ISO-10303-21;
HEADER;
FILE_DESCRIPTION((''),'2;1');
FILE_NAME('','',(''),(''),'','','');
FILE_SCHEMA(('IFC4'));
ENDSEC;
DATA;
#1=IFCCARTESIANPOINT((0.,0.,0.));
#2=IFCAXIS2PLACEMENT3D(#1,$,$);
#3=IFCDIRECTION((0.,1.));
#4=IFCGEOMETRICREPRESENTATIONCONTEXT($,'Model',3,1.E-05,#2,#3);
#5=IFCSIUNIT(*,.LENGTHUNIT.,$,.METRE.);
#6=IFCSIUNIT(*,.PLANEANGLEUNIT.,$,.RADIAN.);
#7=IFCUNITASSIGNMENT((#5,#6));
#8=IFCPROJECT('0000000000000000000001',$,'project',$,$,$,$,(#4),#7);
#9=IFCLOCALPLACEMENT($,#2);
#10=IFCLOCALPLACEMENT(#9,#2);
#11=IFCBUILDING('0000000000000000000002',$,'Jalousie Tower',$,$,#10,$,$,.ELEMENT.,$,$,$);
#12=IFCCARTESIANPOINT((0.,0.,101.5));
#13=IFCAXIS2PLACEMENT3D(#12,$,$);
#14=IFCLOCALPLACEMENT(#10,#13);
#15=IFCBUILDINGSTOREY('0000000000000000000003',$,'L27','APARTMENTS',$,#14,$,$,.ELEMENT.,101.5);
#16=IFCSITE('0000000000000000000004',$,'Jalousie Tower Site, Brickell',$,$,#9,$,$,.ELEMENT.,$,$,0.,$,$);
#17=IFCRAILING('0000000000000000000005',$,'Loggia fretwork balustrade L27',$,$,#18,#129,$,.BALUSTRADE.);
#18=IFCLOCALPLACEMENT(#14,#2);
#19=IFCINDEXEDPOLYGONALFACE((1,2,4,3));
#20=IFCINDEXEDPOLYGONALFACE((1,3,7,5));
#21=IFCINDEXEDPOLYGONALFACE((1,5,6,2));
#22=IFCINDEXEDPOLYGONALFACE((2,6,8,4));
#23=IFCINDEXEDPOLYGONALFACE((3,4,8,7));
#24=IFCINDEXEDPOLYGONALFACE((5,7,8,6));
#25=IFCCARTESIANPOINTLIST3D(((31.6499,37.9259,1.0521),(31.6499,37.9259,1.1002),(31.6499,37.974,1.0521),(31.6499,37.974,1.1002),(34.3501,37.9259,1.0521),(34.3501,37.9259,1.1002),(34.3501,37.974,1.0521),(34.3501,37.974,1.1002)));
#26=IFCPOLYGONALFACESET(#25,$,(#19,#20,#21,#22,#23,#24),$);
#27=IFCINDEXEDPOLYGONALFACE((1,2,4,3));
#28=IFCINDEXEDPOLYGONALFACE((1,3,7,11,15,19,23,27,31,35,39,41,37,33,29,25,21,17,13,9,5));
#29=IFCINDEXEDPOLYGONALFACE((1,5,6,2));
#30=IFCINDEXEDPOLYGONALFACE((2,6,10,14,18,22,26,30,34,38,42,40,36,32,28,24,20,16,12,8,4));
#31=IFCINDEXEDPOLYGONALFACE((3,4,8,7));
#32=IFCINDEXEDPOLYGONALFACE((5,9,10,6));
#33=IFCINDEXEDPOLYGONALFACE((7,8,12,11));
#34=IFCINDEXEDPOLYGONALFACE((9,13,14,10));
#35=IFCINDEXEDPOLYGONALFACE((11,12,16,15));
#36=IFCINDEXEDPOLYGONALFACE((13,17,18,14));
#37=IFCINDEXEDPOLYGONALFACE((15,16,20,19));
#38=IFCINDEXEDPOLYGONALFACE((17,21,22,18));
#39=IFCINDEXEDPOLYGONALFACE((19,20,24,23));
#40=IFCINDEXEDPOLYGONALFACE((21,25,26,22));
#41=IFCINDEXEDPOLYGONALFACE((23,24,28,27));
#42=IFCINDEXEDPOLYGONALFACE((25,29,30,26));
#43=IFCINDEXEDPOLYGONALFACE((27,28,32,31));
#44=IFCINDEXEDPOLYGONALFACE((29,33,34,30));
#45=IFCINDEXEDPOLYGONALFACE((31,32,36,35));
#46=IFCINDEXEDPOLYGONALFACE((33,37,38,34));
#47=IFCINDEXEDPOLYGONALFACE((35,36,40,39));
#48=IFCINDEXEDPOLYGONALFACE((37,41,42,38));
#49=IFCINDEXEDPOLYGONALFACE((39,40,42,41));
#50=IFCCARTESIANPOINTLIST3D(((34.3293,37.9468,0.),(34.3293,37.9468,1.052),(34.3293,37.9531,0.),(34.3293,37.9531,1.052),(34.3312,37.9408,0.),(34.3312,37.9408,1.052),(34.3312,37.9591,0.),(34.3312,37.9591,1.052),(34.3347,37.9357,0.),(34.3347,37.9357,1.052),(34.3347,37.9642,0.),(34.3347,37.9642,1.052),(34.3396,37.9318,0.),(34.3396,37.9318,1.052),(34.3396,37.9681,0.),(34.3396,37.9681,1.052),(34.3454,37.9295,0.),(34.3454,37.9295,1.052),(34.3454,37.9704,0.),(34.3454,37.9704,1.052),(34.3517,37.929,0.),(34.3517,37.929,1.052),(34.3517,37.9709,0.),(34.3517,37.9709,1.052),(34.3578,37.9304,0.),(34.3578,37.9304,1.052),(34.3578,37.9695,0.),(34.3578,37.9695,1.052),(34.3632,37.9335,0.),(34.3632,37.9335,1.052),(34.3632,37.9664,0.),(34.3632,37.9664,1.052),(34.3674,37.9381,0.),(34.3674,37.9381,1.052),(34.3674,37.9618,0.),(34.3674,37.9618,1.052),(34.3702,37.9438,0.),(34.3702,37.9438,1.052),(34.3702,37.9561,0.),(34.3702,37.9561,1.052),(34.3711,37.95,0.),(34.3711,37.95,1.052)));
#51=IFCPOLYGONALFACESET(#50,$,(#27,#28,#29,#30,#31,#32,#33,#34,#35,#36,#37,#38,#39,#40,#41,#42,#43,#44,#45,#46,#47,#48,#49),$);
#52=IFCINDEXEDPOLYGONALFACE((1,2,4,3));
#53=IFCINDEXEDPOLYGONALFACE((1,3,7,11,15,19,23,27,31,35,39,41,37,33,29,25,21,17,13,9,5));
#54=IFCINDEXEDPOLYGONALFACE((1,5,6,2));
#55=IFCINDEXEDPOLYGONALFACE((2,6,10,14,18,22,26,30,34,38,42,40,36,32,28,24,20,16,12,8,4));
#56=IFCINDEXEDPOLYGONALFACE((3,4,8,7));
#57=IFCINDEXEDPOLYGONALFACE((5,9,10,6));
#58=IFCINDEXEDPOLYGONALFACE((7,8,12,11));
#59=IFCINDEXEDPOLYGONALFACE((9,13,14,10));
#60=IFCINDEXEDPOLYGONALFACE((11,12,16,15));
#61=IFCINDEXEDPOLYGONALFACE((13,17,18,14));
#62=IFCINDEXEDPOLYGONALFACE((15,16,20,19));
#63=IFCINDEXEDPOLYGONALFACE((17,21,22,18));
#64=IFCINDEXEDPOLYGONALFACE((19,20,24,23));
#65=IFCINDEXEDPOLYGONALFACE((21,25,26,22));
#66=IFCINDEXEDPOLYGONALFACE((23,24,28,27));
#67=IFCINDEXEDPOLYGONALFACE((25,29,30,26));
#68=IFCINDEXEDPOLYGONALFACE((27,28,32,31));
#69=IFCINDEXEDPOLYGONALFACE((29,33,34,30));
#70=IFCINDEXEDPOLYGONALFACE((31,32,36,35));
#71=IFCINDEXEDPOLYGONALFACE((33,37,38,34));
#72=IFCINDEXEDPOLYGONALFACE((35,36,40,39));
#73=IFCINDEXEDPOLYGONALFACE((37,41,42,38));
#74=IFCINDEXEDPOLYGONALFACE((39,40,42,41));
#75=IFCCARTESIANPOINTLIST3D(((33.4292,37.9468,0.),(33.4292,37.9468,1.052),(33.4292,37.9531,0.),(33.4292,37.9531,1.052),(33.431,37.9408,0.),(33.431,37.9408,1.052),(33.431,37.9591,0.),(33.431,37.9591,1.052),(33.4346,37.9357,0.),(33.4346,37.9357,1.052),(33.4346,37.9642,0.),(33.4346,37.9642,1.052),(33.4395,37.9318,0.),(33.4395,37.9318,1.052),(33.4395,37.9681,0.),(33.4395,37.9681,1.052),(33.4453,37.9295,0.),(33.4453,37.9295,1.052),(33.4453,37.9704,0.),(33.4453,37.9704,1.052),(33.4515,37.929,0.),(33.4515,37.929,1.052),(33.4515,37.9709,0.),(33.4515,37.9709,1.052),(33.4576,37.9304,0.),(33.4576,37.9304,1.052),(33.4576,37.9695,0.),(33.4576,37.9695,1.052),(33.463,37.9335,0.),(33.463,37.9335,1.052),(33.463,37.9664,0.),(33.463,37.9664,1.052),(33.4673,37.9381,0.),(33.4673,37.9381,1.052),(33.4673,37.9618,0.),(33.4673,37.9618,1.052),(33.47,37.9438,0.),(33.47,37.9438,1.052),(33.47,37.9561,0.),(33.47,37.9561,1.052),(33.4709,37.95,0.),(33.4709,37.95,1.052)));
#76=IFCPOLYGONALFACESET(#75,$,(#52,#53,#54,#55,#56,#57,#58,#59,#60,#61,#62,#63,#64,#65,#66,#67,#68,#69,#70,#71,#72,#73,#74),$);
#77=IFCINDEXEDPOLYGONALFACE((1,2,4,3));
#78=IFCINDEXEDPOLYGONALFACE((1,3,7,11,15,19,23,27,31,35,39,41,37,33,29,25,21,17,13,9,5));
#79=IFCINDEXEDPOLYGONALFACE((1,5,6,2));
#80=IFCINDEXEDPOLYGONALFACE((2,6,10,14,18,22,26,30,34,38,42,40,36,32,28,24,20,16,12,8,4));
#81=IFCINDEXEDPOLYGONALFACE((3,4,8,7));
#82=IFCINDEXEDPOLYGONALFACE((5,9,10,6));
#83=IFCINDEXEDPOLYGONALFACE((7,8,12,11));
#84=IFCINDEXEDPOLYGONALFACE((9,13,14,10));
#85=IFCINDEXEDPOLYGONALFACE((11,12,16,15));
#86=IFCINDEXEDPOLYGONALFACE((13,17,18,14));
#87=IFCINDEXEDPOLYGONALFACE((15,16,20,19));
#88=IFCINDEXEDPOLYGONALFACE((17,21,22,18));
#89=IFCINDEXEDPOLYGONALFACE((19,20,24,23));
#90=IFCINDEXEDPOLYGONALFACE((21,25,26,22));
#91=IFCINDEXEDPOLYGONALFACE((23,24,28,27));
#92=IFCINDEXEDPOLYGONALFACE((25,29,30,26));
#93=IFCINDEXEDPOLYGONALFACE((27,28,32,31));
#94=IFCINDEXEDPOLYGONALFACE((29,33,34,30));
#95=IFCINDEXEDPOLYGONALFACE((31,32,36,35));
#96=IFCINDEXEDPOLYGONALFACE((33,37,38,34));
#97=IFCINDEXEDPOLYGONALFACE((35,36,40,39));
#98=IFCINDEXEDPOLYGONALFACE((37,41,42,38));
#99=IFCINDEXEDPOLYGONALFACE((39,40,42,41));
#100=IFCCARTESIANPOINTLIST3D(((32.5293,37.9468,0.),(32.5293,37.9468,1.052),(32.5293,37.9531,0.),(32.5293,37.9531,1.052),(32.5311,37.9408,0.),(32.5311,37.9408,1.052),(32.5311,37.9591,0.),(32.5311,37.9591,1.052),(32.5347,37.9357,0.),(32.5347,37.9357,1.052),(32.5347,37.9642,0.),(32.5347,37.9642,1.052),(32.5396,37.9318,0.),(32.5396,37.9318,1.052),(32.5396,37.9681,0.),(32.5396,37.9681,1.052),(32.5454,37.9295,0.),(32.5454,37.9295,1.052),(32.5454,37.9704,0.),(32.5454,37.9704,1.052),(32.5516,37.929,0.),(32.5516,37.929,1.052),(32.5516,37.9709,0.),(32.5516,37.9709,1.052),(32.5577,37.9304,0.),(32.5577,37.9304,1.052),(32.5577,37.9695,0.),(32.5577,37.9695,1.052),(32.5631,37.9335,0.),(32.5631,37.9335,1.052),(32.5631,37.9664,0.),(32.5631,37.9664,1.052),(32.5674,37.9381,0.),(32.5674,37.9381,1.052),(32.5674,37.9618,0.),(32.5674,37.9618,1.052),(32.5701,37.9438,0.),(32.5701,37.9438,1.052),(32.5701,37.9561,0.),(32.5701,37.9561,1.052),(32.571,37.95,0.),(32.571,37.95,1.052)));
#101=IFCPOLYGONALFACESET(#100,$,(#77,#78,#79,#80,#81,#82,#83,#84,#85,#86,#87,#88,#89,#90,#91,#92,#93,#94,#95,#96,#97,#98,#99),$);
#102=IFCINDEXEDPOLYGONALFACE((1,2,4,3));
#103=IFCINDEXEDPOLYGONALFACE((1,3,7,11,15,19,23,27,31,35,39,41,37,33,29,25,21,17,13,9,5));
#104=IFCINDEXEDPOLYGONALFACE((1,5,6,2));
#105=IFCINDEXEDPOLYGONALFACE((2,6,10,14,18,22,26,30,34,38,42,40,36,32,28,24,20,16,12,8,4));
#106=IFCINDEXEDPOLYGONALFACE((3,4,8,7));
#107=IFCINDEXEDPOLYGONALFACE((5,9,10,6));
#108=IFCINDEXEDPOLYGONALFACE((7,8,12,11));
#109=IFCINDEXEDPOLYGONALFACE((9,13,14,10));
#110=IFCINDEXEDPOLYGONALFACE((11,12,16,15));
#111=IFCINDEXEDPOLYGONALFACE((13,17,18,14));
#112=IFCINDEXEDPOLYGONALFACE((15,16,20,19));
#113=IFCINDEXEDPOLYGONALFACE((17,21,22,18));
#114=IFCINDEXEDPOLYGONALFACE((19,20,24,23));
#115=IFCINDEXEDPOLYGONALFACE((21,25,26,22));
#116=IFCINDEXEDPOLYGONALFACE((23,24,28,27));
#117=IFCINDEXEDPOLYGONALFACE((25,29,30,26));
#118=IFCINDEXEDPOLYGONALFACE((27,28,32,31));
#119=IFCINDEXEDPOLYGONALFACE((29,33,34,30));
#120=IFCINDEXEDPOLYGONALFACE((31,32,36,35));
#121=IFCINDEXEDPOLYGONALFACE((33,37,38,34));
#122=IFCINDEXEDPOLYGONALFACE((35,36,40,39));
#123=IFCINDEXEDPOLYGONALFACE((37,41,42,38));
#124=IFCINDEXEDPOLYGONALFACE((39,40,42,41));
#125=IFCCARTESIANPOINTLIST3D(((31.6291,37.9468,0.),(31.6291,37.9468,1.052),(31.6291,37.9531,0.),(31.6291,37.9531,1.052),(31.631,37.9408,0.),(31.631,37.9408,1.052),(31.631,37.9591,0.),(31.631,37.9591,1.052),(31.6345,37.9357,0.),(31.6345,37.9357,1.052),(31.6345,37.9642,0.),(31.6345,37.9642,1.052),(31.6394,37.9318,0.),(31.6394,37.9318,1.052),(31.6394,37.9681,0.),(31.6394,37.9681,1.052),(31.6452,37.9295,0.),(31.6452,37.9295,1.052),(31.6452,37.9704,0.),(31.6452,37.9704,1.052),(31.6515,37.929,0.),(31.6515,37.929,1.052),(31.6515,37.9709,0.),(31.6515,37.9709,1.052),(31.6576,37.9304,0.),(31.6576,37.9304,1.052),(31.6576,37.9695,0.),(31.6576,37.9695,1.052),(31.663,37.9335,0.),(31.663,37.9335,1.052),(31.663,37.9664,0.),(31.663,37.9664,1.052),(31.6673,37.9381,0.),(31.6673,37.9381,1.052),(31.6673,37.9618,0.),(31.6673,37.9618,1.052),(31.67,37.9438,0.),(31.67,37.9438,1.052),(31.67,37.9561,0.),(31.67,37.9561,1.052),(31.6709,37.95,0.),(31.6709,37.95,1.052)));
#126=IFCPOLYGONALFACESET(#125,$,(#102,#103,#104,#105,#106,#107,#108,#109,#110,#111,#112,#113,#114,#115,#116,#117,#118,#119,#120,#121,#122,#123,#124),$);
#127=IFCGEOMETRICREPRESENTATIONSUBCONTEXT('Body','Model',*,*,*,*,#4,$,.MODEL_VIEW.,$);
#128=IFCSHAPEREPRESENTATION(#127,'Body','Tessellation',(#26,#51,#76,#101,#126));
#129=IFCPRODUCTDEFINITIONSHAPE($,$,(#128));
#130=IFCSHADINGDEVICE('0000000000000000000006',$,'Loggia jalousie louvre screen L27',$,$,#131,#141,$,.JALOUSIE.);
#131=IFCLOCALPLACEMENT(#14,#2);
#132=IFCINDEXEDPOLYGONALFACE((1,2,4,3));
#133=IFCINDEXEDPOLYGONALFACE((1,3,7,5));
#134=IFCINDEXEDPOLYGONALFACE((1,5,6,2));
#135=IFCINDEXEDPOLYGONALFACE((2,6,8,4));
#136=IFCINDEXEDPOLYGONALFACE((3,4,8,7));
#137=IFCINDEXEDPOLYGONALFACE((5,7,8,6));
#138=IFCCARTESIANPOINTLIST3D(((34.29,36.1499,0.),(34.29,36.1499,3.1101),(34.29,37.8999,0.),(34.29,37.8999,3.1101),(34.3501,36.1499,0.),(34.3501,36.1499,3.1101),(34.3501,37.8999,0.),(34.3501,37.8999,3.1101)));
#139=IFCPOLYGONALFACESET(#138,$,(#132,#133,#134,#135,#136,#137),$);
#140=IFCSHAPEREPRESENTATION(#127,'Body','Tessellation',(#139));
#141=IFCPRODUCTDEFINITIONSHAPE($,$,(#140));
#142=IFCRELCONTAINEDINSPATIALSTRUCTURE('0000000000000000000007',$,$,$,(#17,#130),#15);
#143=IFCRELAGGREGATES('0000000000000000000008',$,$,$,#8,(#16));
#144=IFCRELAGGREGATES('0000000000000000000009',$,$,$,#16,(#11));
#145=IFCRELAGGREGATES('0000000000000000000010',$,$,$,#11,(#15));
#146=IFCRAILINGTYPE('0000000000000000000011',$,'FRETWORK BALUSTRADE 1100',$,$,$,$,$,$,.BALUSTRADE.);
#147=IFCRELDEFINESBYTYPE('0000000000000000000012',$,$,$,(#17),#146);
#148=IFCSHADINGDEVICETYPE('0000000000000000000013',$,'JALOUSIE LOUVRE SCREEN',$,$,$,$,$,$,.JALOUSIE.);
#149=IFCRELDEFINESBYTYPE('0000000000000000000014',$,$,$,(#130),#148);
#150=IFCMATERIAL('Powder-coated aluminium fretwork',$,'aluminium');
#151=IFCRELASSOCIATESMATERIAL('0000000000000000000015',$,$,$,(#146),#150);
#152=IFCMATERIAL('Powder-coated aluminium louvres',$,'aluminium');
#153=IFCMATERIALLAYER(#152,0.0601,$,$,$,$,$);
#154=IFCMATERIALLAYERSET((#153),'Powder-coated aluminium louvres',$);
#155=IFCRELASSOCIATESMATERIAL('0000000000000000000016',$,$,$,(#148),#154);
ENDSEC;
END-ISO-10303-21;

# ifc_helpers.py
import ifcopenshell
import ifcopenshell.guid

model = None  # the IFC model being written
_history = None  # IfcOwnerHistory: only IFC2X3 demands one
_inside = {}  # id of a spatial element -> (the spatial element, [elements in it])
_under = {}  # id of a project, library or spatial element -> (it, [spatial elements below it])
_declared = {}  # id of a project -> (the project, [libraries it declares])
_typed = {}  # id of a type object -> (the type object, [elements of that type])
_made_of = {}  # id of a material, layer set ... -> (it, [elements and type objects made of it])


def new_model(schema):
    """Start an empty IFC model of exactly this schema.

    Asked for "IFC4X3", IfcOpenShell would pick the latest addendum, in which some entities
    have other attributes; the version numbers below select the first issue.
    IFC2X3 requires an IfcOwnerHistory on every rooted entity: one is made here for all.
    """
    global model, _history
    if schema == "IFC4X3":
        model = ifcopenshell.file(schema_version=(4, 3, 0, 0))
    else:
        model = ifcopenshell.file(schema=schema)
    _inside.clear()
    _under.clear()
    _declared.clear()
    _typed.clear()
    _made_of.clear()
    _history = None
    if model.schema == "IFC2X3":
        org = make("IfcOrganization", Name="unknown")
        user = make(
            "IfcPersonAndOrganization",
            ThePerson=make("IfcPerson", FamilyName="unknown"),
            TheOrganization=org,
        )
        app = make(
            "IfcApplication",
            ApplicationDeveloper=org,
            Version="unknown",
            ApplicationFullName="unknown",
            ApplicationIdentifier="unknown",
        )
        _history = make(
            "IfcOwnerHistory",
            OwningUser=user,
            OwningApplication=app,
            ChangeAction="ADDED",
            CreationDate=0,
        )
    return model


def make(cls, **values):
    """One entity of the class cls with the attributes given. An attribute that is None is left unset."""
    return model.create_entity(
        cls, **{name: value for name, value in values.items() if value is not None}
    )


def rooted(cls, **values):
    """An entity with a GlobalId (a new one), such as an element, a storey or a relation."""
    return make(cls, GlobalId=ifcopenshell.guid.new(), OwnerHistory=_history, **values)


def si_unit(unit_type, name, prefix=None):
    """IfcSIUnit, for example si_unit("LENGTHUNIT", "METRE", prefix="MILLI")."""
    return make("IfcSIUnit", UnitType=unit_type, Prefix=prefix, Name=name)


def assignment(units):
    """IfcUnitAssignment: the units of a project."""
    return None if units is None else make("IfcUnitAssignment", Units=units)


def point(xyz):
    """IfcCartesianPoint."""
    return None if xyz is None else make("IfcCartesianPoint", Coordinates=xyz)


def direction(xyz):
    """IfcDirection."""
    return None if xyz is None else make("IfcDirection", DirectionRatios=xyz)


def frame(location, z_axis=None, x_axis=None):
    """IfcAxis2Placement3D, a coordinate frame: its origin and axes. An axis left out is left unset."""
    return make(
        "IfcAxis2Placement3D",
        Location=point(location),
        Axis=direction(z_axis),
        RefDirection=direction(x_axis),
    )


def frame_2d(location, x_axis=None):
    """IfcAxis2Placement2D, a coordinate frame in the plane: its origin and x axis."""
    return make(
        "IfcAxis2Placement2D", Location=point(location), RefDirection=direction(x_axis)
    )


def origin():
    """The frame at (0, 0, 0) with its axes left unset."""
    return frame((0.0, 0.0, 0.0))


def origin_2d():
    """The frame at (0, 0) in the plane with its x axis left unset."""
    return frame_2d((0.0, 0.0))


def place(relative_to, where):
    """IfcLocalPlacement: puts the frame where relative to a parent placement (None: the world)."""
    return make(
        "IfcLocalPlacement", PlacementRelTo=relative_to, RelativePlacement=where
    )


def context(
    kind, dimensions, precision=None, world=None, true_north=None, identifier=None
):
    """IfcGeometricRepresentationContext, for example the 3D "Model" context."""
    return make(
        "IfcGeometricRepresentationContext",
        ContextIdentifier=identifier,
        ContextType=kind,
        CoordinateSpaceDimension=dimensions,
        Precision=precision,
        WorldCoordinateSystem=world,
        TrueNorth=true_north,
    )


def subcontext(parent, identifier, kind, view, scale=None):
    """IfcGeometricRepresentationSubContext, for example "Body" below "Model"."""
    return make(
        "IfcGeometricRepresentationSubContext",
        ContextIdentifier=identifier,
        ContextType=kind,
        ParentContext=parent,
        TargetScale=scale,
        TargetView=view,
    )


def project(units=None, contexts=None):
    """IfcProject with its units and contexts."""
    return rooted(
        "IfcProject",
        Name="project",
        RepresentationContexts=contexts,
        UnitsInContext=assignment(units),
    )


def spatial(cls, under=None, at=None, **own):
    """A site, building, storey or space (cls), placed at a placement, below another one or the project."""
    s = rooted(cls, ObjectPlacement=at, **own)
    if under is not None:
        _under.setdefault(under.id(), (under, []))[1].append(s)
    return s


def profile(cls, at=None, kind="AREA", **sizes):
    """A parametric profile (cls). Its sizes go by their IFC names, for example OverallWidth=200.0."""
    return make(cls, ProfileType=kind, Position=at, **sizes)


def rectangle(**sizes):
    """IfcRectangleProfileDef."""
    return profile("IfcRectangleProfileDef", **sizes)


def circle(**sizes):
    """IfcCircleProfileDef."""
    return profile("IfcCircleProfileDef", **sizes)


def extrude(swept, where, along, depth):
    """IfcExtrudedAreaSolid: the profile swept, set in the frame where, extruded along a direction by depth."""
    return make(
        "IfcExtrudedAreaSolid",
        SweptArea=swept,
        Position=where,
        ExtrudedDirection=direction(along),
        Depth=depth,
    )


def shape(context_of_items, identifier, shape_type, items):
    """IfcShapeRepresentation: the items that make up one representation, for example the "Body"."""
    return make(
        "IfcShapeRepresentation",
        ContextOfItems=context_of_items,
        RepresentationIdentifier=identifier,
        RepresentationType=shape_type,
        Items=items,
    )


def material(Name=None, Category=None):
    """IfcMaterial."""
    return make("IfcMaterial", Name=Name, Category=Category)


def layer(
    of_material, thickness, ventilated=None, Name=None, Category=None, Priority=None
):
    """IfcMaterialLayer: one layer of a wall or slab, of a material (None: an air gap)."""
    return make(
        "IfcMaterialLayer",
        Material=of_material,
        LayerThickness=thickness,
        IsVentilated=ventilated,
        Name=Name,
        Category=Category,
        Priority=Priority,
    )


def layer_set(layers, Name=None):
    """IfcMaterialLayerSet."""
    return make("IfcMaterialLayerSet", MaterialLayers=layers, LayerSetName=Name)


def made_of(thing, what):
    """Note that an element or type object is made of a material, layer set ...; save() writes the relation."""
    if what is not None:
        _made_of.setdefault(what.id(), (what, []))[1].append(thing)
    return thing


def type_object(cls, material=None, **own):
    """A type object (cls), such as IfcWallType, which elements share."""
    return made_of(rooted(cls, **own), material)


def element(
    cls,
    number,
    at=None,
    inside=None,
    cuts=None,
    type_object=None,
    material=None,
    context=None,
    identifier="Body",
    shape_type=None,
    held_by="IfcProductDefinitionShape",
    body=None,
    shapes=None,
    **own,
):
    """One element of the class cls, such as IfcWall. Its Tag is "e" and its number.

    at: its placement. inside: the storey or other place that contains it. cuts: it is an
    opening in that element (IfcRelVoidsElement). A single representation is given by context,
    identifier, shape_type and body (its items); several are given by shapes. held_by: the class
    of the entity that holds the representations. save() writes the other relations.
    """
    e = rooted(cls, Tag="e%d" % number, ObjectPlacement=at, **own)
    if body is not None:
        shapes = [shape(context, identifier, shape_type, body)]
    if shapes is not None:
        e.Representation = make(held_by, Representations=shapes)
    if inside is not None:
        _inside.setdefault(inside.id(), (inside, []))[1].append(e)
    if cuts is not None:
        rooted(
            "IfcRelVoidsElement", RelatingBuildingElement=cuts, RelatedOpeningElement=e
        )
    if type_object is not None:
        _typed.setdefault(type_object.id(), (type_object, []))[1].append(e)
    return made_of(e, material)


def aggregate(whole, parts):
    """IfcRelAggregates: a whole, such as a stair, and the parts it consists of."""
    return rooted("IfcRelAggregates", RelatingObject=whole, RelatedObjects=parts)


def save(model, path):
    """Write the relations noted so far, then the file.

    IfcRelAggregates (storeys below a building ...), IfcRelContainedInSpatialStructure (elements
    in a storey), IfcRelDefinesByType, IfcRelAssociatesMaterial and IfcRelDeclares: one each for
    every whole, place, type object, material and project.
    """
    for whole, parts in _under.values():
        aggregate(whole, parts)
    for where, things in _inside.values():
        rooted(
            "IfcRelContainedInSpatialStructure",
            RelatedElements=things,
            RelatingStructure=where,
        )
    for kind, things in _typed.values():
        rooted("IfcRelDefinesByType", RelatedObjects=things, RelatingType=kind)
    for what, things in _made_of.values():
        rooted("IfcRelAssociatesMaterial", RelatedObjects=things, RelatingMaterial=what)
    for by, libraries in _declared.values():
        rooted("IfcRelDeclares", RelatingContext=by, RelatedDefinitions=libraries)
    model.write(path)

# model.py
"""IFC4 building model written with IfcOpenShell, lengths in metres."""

from ifc_helpers import new_model, si_unit, direction, frame, origin, origin_2d, place, context, subcontext, project, spatial, rectangle, circle, extrude, material, layer, layer_set, type_object, element, save


model = new_model("IFC4")

# Units and contexts
model_context = context("Model", 3, precision=1e-05, world=origin(), true_north=direction((0.0, 1.0)))
body_context = subcontext(model_context, "Body", "Model", "MODEL_VIEW")
ifc_project = project(units=[si_unit("LENGTHUNIT", "METRE"), si_unit("PLANEANGLEUNIT", "RADIAN")], contexts=[model_context])

# Site, building, storey
site_placement = place(None, origin())
site = spatial("IfcSite", under=ifc_project, at=site_placement, Name="Jalousie Tower Site, Brickell", CompositionType="ELEMENT", RefElevation=0.0)
building_placement = place(site_placement, origin())
building = spatial("IfcBuilding", under=site, at=building_placement, Name="Jalousie Tower", CompositionType="ELEMENT")
storey_placement = place(building_placement, frame((0.0, 0.0, 101.5)))
storey = spatial("IfcBuildingStorey", under=building, at=storey_placement, Name="L27", Description="APARTMENTS", CompositionType="ELEMENT", Elevation=101.5)

# Railing
ifc_material_1 = material(Name="Powder-coated aluminium fretwork", Category="aluminium")
railing_type = type_object("IfcRailingType", Name="FRETWORK BALUSTRADE 1100", PredefinedType="BALUSTRADE", material=ifc_material_1)
railing_placement = place(storey_placement, frame((34.3501, 37.95, 0.0)))
element("IfcRailing", 1, at=railing_placement, inside=storey, type_object=railing_type, Name="Loggia fretwork balustrade L27", PredefinedType="BALUSTRADE", context=body_context, shape_type="SweptSolid", body=[
    extrude(rectangle(XDim=0.0481, YDim=0.0481, at=origin_2d()), frame((0.0, 0.0, 1.0762), z_axis=(-1.0, 0.0, 0.0), x_axis=(0.0, -1.0, 0.0)), (0.0, 0.0, 1.0), 2.7002),
    extrude(circle(Radius=0.021, at=origin_2d()), origin(), (0.0, 0.0, 1.0), 1.052),
    extrude(circle(Radius=0.021, at=origin_2d()), frame((-0.9001, 0.0, 0.0)), (0.0, 0.0, 1.0), 1.052),
    extrude(circle(Radius=0.021, at=origin_2d()), frame((-1.8, 0.0, 0.0)), (0.0, 0.0, 1.0), 1.052),
    extrude(circle(Radius=0.021, at=origin_2d()), frame((-2.7002, 0.0, 0.0)), (0.0, 0.0, 1.0), 1.052),
])

# Shading device
ifc_material_2 = material(Name="Powder-coated aluminium louvres", Category="aluminium")
ifc_layer_1 = layer(ifc_material_2, 0.0601)
ifc_layer_set_1 = layer_set([ifc_layer_1], Name="Powder-coated aluminium louvres")
shading_device_type = type_object("IfcShadingDeviceType", Name="JALOUSIE LOUVRE SCREEN", PredefinedType="JALOUSIE", material=ifc_layer_set_1)
shading_device_placement = place(storey_placement, frame((34.3201, 37.0249, 0.0), z_axis=(0.0, 0.0, 1.0), x_axis=(-1.0, 0.0, 0.0)))
element("IfcShadingDevice", 2, at=shading_device_placement, inside=storey, type_object=shading_device_type, Name="Loggia jalousie louvre screen L27", PredefinedType="JALOUSIE", context=body_context, shape_type="SweptSolid", body=[
    extrude(rectangle(XDim=0.0601, YDim=1.75, at=origin_2d()), origin(), (0.0, 0.0, 1.0), 3.1101),
])

save(model, "model.ifc")
